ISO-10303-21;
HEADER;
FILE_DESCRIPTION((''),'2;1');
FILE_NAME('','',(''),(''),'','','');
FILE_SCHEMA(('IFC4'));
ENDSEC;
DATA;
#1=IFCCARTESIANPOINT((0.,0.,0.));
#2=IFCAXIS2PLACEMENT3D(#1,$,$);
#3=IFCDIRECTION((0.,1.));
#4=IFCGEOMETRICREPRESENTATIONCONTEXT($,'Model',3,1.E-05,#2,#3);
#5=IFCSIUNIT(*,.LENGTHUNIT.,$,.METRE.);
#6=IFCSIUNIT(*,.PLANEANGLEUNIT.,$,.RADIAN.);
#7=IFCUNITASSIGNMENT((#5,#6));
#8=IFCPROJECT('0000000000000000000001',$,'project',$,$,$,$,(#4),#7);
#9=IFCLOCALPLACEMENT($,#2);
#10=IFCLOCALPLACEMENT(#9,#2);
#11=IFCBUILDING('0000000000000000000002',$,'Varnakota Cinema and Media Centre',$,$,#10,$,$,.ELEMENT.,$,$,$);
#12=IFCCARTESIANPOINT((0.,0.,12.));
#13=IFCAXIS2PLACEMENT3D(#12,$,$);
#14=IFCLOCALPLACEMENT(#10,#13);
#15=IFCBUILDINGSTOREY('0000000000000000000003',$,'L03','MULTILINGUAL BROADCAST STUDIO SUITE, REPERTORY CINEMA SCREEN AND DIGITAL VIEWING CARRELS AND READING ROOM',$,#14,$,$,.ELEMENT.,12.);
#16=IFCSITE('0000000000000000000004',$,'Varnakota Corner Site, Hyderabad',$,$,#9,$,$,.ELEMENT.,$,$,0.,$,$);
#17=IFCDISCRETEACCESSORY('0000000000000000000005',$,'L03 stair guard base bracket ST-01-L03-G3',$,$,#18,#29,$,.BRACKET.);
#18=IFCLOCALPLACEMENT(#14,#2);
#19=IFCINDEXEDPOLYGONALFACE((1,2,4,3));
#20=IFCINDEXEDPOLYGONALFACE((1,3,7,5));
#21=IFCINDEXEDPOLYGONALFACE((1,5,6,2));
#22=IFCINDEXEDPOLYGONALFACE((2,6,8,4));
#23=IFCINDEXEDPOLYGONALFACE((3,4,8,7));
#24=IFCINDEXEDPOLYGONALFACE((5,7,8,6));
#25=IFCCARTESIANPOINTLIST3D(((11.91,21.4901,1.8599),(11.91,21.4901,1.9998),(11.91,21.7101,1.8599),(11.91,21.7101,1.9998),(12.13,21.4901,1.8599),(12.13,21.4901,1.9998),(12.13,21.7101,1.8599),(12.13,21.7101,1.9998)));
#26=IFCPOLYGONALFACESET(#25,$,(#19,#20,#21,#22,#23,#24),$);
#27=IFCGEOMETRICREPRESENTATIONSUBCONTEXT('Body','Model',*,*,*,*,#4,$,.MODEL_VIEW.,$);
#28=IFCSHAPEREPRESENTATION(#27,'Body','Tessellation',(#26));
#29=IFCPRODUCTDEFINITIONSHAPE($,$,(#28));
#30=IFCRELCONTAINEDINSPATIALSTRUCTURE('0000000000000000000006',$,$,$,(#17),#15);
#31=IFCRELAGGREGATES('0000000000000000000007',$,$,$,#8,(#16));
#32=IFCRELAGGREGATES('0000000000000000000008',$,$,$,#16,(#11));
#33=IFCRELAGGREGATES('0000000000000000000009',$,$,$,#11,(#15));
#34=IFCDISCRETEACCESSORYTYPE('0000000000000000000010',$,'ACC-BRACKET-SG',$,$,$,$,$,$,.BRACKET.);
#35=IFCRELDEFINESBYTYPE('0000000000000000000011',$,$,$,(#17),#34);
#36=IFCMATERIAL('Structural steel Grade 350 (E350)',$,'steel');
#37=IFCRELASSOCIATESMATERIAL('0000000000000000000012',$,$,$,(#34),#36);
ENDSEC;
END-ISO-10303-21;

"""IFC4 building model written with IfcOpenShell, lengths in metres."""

from ifc_helpers import new_model, si_unit, direction, frame, origin, origin_2d, place, context, subcontext, project, spatial, rectangle, extrude, material, type_object, element, save


model = new_model("IFC4")

# Units and contexts
model_context = context("Model", 3, precision=1e-05, world=origin(), true_north=direction((0.0, 1.0)))
body_context = subcontext(model_context, "Body", "Model", "MODEL_VIEW")
ifc_project = project(units=[si_unit("LENGTHUNIT", "METRE"), si_unit("PLANEANGLEUNIT", "RADIAN")], contexts=[model_context])

# Site, building, storey
site_placement = place(None, origin())
site = spatial("IfcSite", under=ifc_project, at=site_placement, Name="Varnakota Corner Site, Hyderabad", CompositionType="ELEMENT", RefElevation=0.0)
building_placement = place(site_placement, origin())
building = spatial("IfcBuilding", under=site, at=building_placement, Name="Varnakota Cinema and Media Centre", CompositionType="ELEMENT")
storey_placement = place(building_placement, frame((0.0, 0.0, 12.0)))
storey = spatial("IfcBuildingStorey", under=building, at=storey_placement, Name="L03", Description="MULTILINGUAL BROADCAST STUDIO SUITE, REPERTORY CINEMA SCREEN AND DIGITAL VIEWING CARRELS AND READING ROOM", CompositionType="ELEMENT", Elevation=12.0)

# Discrete accessory
ifc_material_1 = material(Name="Structural steel Grade 350 (E350)", Category="steel")
discrete_accessory_type = type_object("IfcDiscreteAccessoryType", Name="ACC-BRACKET-SG", PredefinedType="BRACKET", material=ifc_material_1)
for number, where, z_axis, x_axis, name in (
    (1, (12.02, 21.6001, 1.8599), (0.0, 0.0, 1.0), (1.0, 0.0, 0.0), "L03 stair guard base bracket ST-01-L03-G3"),
):
    element("IfcDiscreteAccessory", number, at=place(storey_placement, frame(where, z_axis=z_axis, x_axis=x_axis)), inside=storey, type_object=discrete_accessory_type, Name=name, PredefinedType="BRACKET", context=body_context, shape_type="SweptSolid", body=[
        extrude(rectangle(XDim=0.22, YDim=0.22, at=origin_2d()), origin(), (0.0, 0.0, 1.0), 0.1399),
    ])

save(model, "model.ifc")
